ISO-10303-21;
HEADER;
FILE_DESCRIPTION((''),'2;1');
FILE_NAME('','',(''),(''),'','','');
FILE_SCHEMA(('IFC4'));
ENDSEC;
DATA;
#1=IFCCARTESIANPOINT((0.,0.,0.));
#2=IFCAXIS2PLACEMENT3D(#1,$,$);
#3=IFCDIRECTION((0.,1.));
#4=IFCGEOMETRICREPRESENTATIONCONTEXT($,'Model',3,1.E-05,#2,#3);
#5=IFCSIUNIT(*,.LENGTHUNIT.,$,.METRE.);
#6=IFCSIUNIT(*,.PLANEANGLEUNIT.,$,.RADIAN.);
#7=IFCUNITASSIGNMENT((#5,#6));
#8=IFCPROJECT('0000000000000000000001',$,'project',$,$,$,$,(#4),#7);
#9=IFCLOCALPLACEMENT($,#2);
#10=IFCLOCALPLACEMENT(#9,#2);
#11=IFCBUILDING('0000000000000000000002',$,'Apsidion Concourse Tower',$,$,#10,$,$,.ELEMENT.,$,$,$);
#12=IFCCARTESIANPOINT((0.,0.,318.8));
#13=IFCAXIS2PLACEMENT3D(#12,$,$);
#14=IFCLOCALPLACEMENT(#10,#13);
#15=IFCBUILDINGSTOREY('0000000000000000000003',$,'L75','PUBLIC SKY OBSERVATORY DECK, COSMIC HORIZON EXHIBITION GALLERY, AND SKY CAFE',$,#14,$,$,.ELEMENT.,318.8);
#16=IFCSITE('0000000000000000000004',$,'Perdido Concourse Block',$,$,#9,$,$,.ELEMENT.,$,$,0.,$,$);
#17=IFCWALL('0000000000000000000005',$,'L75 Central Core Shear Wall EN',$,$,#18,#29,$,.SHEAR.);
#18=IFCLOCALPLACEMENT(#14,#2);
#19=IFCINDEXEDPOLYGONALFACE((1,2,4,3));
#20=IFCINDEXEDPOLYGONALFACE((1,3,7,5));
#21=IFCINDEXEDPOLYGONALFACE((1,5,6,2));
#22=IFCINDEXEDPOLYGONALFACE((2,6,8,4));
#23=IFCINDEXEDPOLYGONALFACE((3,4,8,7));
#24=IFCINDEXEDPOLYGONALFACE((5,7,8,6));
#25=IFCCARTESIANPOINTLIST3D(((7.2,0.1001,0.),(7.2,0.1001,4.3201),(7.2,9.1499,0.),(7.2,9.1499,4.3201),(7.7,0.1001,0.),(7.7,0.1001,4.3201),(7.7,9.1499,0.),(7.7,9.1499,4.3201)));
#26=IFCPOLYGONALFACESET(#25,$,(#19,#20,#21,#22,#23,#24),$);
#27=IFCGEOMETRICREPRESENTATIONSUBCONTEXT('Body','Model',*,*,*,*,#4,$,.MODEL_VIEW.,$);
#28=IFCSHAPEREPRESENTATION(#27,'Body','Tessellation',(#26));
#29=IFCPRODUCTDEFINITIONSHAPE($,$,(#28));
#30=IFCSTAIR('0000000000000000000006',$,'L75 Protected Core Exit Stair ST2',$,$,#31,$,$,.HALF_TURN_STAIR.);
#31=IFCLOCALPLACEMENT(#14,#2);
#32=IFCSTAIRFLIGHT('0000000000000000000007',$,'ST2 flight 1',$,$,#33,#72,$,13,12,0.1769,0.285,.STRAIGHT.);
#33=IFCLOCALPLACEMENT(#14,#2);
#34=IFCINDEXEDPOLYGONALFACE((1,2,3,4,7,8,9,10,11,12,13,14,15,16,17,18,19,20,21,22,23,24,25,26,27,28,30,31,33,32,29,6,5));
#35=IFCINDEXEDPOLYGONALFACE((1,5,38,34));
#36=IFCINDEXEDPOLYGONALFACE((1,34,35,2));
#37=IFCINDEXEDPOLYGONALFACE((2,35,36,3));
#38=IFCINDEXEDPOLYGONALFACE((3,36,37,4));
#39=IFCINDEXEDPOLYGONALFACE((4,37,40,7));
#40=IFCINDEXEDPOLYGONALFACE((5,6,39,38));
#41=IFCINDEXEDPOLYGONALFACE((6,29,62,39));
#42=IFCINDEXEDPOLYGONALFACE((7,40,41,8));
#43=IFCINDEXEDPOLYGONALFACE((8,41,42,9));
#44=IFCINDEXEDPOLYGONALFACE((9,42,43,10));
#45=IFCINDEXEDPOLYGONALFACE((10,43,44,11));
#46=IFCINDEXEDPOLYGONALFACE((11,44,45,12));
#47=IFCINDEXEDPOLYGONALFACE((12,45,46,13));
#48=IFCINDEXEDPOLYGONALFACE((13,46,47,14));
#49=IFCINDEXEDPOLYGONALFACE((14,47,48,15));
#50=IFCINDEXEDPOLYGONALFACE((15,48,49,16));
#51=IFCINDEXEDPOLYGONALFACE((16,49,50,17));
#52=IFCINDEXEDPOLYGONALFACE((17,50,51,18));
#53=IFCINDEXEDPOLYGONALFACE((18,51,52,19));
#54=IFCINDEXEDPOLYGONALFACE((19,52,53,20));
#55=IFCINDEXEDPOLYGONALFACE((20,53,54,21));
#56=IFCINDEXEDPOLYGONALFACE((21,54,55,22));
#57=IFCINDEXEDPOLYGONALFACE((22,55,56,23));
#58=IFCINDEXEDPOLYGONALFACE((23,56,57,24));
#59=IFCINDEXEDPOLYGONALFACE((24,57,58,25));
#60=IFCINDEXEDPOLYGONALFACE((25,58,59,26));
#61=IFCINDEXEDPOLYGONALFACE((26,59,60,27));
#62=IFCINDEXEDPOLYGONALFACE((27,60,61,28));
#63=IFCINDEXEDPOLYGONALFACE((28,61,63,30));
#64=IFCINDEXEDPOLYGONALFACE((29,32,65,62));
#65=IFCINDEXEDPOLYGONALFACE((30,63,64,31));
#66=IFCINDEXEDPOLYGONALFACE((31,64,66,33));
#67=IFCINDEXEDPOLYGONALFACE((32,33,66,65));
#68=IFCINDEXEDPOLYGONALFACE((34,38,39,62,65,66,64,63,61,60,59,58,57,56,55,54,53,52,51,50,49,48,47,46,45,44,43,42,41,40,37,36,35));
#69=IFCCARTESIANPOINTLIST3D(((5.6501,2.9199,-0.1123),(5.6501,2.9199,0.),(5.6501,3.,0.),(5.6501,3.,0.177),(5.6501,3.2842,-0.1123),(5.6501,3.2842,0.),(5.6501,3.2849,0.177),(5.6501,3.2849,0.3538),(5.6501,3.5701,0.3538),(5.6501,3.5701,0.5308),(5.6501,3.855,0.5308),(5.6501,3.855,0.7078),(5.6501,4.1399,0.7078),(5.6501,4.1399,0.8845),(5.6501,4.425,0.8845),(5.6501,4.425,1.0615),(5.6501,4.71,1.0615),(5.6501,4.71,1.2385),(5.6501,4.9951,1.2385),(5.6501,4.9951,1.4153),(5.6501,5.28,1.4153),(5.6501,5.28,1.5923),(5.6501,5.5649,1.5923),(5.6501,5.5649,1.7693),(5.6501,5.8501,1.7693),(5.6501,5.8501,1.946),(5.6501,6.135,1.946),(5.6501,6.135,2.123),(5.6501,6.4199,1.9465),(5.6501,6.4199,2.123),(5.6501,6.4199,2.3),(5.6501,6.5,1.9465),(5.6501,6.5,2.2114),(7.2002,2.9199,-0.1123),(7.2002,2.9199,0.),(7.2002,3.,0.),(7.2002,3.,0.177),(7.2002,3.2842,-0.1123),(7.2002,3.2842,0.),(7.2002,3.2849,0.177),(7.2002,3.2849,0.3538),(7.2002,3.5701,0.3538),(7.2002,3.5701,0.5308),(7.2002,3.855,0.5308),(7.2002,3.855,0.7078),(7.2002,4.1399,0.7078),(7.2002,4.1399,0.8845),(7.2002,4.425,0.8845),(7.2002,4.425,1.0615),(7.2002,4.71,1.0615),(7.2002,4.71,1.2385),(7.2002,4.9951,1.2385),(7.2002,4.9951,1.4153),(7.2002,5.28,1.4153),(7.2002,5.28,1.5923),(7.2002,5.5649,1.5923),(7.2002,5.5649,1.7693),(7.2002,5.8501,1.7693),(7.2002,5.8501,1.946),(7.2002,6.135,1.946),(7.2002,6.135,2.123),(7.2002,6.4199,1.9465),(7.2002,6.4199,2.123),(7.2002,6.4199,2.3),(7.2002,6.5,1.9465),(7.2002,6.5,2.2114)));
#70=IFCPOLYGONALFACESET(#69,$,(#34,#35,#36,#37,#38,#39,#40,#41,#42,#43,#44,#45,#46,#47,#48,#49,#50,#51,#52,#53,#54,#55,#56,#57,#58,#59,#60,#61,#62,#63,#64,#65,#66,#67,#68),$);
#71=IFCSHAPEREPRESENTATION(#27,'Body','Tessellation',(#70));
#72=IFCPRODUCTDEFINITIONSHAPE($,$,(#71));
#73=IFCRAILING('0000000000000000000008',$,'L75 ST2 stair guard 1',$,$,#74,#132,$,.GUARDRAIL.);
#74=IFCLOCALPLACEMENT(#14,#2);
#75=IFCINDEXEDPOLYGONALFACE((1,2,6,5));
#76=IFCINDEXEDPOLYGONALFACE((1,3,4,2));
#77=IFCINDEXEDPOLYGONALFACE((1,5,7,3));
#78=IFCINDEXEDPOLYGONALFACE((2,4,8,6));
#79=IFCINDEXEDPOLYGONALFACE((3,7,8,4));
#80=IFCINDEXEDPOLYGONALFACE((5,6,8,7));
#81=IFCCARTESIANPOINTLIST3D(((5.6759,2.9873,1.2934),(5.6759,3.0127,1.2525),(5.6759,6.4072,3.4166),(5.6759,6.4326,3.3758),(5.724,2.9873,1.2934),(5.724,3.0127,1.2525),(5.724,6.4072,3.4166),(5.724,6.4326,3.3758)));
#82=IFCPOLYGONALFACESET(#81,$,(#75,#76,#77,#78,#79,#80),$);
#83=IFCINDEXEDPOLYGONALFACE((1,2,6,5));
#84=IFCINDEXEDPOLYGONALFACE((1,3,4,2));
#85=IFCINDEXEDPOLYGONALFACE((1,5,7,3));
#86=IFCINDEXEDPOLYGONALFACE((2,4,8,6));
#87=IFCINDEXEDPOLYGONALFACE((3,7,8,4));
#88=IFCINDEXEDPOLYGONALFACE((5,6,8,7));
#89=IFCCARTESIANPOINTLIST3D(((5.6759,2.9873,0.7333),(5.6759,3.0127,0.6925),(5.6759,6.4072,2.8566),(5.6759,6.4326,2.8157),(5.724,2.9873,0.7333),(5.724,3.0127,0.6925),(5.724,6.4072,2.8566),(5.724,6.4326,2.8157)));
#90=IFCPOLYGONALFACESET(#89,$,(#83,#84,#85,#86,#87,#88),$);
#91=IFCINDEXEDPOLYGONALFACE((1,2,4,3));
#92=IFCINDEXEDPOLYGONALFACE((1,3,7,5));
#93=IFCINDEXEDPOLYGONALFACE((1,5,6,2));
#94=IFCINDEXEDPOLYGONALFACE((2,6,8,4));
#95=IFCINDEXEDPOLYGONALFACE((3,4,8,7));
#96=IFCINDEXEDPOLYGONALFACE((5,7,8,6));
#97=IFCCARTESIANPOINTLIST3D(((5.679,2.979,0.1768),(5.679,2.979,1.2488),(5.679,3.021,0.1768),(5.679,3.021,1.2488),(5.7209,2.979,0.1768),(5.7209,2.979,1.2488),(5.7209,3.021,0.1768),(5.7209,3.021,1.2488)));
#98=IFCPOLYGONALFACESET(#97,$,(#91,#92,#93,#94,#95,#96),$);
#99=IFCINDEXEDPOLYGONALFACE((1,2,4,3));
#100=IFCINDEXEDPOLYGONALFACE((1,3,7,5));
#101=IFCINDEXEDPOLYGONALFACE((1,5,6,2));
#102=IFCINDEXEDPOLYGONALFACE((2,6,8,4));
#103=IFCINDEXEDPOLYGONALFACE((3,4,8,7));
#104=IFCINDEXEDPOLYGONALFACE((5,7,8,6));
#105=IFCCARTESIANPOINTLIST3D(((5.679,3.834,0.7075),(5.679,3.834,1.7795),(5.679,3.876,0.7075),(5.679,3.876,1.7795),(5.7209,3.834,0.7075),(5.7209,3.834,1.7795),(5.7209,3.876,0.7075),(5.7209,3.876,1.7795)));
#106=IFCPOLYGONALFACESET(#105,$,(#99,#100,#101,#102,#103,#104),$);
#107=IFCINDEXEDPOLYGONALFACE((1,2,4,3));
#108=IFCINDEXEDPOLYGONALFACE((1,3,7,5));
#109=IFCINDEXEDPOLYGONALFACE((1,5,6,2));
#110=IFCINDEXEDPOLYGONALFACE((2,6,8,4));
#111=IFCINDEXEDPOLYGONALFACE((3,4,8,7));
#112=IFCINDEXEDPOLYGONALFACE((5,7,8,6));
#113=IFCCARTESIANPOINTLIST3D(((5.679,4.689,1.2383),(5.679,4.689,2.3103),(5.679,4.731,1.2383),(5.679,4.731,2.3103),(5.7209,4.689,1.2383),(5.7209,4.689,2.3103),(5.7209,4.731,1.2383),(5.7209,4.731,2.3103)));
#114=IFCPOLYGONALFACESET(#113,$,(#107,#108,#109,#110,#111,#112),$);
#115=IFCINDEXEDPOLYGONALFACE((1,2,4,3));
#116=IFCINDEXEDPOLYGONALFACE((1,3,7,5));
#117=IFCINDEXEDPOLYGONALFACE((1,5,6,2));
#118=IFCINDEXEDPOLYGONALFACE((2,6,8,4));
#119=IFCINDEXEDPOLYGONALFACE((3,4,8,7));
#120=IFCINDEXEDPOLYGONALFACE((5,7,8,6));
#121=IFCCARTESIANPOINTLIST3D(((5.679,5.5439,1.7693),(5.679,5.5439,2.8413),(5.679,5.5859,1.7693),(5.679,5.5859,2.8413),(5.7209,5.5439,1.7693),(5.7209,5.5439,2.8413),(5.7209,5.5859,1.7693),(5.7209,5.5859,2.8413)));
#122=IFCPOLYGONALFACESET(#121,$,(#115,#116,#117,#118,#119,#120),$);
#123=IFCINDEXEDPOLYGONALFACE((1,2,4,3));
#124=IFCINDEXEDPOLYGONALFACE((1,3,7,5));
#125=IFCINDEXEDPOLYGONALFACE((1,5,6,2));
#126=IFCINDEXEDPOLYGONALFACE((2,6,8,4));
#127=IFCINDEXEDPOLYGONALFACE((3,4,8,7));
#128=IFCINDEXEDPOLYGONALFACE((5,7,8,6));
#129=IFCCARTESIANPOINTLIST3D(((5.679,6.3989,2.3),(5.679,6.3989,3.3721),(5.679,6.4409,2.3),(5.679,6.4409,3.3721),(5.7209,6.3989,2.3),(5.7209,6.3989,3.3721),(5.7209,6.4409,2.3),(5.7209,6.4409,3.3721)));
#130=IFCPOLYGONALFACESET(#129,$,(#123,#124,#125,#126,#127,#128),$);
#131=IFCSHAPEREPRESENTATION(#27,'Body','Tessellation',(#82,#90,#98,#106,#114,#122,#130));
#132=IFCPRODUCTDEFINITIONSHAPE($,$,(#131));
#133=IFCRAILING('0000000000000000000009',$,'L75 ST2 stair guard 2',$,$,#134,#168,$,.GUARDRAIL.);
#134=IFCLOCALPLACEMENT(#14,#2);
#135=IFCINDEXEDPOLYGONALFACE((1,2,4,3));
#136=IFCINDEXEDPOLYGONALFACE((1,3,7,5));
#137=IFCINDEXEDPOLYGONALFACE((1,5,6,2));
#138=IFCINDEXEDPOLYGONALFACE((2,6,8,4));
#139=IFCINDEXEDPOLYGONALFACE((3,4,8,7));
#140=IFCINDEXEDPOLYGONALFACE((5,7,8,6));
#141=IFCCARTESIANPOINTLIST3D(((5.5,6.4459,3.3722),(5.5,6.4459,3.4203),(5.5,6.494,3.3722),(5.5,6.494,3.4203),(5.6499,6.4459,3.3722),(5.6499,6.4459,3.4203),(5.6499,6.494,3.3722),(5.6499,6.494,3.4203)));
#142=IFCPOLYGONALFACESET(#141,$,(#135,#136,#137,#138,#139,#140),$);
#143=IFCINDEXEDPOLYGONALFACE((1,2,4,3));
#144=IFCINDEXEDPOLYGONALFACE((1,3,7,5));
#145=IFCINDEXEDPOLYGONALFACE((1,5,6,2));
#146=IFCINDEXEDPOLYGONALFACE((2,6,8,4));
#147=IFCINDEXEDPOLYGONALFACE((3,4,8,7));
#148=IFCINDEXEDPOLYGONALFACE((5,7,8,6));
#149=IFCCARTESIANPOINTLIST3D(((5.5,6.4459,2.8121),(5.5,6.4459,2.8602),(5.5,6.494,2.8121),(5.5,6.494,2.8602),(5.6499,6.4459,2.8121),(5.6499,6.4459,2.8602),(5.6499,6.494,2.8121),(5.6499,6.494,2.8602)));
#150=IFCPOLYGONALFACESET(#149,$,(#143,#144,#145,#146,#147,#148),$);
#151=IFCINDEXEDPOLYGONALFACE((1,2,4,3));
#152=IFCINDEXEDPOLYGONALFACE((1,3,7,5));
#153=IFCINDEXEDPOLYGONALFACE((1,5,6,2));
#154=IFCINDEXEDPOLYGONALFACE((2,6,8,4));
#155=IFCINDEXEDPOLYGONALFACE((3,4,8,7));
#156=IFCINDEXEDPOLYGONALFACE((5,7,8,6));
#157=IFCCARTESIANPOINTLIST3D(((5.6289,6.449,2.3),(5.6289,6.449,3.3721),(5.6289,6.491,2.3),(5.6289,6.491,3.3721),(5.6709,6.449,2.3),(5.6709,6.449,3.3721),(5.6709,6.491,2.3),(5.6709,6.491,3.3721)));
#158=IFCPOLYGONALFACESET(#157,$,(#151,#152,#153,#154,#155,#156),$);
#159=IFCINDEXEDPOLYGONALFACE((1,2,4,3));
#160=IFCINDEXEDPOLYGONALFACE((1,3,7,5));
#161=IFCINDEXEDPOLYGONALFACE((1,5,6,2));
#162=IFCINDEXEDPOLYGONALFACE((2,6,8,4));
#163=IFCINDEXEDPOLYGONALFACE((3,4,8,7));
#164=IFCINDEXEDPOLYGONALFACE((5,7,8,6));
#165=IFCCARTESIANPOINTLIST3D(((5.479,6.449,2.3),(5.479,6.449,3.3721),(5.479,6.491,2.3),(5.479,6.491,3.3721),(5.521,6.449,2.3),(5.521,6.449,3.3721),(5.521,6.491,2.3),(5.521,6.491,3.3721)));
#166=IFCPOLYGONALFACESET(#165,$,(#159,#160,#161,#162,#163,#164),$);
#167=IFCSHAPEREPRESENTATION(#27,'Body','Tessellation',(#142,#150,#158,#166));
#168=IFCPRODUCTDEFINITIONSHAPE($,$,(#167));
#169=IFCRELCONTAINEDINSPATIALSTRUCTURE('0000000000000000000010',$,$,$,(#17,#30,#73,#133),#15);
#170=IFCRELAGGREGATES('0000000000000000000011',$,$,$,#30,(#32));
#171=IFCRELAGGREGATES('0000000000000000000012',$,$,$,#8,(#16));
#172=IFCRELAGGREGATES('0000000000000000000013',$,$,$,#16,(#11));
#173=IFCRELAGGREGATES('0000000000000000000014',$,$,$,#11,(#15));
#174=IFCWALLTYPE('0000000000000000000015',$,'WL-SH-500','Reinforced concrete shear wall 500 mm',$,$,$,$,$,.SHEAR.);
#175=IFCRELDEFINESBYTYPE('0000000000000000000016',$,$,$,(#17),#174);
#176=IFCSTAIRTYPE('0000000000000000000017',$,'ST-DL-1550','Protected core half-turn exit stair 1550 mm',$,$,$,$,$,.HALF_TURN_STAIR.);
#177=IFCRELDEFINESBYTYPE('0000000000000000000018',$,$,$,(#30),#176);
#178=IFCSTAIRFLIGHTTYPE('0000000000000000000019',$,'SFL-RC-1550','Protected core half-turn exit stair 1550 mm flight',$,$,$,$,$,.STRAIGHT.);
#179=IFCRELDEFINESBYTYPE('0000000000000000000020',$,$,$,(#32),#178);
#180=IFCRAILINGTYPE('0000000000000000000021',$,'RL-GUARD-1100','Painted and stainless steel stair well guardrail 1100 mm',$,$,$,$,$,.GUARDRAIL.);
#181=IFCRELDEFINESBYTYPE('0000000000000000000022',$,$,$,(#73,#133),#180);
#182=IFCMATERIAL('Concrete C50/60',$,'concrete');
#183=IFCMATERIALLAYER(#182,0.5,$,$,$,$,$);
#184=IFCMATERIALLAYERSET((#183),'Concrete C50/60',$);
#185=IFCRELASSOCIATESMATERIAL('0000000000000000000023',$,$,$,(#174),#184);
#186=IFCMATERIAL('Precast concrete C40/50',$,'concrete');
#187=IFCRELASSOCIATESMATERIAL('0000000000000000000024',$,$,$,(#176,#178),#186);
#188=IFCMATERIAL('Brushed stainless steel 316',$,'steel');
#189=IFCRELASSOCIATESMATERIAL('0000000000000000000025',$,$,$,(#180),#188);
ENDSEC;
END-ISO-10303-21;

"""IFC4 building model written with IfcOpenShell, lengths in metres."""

from ifc_helpers import new_model, si_unit, direction, frame, frame_2d, origin, origin_2d, place, context, subcontext, project, spatial, polyline, rectangle, outline, extrude, material, layer, layer_set, type_object, element, aggregate, save


model = new_model("IFC4")

# Units and contexts
model_context = context("Model", 3, precision=1e-05, world=origin(), true_north=direction((0.0, 1.0)))
body_context = subcontext(model_context, "Body", "Model", "MODEL_VIEW")
ifc_project = project(units=[si_unit("LENGTHUNIT", "METRE"), si_unit("PLANEANGLEUNIT", "RADIAN")], contexts=[model_context])

# Site, building, storey
site_placement = place(None, origin())
site = spatial("IfcSite", under=ifc_project, at=site_placement, Name="Perdido Concourse Block", CompositionType="ELEMENT", RefElevation=0.0)
building_placement = place(site_placement, origin())
building = spatial("IfcBuilding", under=site, at=building_placement, Name="Apsidion Concourse Tower", CompositionType="ELEMENT")
storey_placement = place(building_placement, frame((0.0, 0.0, 318.8)))
storey = spatial("IfcBuildingStorey", under=building, at=storey_placement, Name="L75", Description="PUBLIC SKY OBSERVATORY DECK, COSMIC HORIZON EXHIBITION GALLERY, AND SKY CAFE", CompositionType="ELEMENT", Elevation=318.8)

# Shared definitions
ifc_material_1 = material(Name="Concrete C50/60", Category="concrete")

# Shared definitions
ifc_material_2 = material(Name="Brushed stainless steel 316", Category="steel")

# Wall
ifc_layer_1 = layer(ifc_material_1, 0.5)
ifc_layer_set_1 = layer_set([ifc_layer_1], Name="Concrete C50/60")
wall_type_1 = type_object("IfcWallType", Name="WL-SH-500", Description="Reinforced concrete shear wall 500 mm", PredefinedType="SHEAR", material=ifc_layer_set_1)
wall_1_placement = place(storey_placement, frame((7.45, 0.1001, 0.0), z_axis=(0.0, 0.0, 1.0), x_axis=(0.0, 1.0, 0.0)))
element("IfcWall", 1, at=wall_1_placement, inside=storey, type_object=wall_type_1, Name="L75 Central Core Shear Wall EN", PredefinedType="SHEAR", context=body_context, shape_type="SweptSolid", body=[
    extrude(rectangle(XDim=9.0498, YDim=0.5, at=frame_2d((4.5249, 0.0))), origin(), (0.0, 0.0, 1.0), 4.3201),
])

# Stair, stair flight
ifc_material_3 = material(Name="Precast concrete C40/50", Category="concrete")
stair_type = type_object("IfcStairType", Name="ST-DL-1550", Description="Protected core half-turn exit stair 1550 mm", PredefinedType="HALF_TURN_STAIR", material=ifc_material_3)
stair_placement = place(storey_placement, origin())
stair = element("IfcStair", 2, at=stair_placement, inside=storey, type_object=stair_type, Name="L75 Protected Core Exit Stair ST2", PredefinedType="HALF_TURN_STAIR")
stair_flight_type = type_object("IfcStairFlightType", Name="SFL-RC-1550", Description="Protected core half-turn exit stair 1550 mm flight", PredefinedType="STRAIGHT", material=ifc_material_3)
stair_flight_placement = place(storey_placement, frame((6.425, 3.0, 0.0), z_axis=(0.0, 0.0, 1.0), x_axis=(0.0, 1.0, 0.0)))
stair_flight = element("IfcStairFlight", 3, at=stair_flight_placement, type_object=stair_flight_type, Name="ST2 flight 1", NumberOfRisers=13, NumberOfTreads=12, PredefinedType="STRAIGHT", RiserHeight=0.1769, TreadLength=0.285, context=body_context, shape_type="SweptSolid", body=[
    extrude(outline(polyline([(-0.0801, -0.1123), (-0.0801, 0.0), (0.0, 0.0), (0.0, 0.177), (0.2849, 0.177), (0.2849, 0.3538), (0.5701, 0.3538), (0.5701, 0.5308), (0.855, 0.5308), (0.855, 0.7078), (1.1399, 0.7078), (1.1399, 0.8845), (1.425, 0.8845), (1.425, 1.0615), (1.71, 1.0615), (1.71, 1.2385), (1.9951, 1.2385), (1.9951, 1.4153), (2.28, 1.4153), (2.28, 1.5923), (2.5649, 1.5923), (2.5649, 1.7693), (2.8501, 1.7693), (2.8501, 1.946), (3.135, 1.946), (3.135, 2.123), (3.4199, 2.123), (3.4199, 2.3), (3.5, 2.2114), (3.5, 1.9465), (3.4199, 1.9465), (0.2842, 0.0), (0.2842, -0.1123), (-0.0801, -0.1123)])), frame((0.0, 0.7749, 0.0), z_axis=(0.0, -1.0, 0.0), x_axis=(1.0, 0.0, 0.0)), (0.0, 0.0, 1.0), 1.55),
])
aggregate(stair, [stair_flight])

# Railings
railing_type_1 = type_object("IfcRailingType", Name="RL-GUARD-1100", Description="Painted and stainless steel stair well guardrail 1100 mm", PredefinedType="GUARDRAIL", material=ifc_material_2)
railing_1_placement = place(storey_placement, frame((5.7, 3.0, 0.1768)))
element("IfcRailing", 4, at=railing_1_placement, inside=storey, type_object=railing_type_1, Name="L75 ST2 stair guard 1", PredefinedType="GUARDRAIL", context=body_context, shape_type="SweptSolid", body=[
    extrude(rectangle(XDim=0.0481, YDim=0.0481, at=origin_2d()), frame((0.0, 0.0, 1.0962), z_axis=(0.0, 0.849576, 0.527467), x_axis=(-1.0, 0.0, 0.0)), (0.0, 0.0, 1.0), 4.0254),
    extrude(rectangle(XDim=0.0481, YDim=0.0481, at=origin_2d()), frame((0.0, 0.0, 0.5361), z_axis=(0.0, 0.849576, 0.527467), x_axis=(-1.0, 0.0, 0.0)), (0.0, 0.0, 1.0), 4.0254),
    extrude(rectangle(XDim=0.042, YDim=0.042, at=origin_2d()), origin(), (0.0, 0.0, 1.0), 1.072),
    extrude(rectangle(XDim=0.042, YDim=0.042, at=origin_2d()), frame((0.0, 0.855, 0.5308)), (0.0, 0.0, 1.0), 1.072),
    extrude(rectangle(XDim=0.042, YDim=0.042, at=origin_2d()), frame((0.0, 1.71, 1.0615)), (0.0, 0.0, 1.0), 1.072),
    extrude(rectangle(XDim=0.042, YDim=0.042, at=origin_2d()), frame((0.0, 2.5649, 1.5925)), (0.0, 0.0, 1.0), 1.072),
    extrude(rectangle(XDim=0.042, YDim=0.042, at=origin_2d()), frame((0.0, 3.4199, 2.1233)), (0.0, 0.0, 1.0), 1.072),
])
railing_2_placement = place(storey_placement, frame((5.6499, 6.47, 2.3)))
element("IfcRailing", 5, at=railing_2_placement, inside=storey, type_object=railing_type_1, Name="L75 ST2 stair guard 2", PredefinedType="GUARDRAIL", context=body_context, shape_type="SweptSolid", body=[
    extrude(rectangle(XDim=0.0481, YDim=0.0481, at=origin_2d()), frame((0.0, 0.0, 1.0962), z_axis=(-1.0, 0.0, 0.0), x_axis=(0.0, -1.0, 0.0)), (0.0, 0.0, 1.0), 0.1499),
    extrude(rectangle(XDim=0.0481, YDim=0.0481, at=origin_2d()), frame((0.0, 0.0, 0.5361), z_axis=(-1.0, 0.0, 0.0), x_axis=(0.0, -1.0, 0.0)), (0.0, 0.0, 1.0), 0.1499),
    extrude(rectangle(XDim=0.042, YDim=0.042, at=origin_2d()), origin(), (0.0, 0.0, 1.0), 1.072),
    extrude(rectangle(XDim=0.042, YDim=0.042, at=origin_2d()), frame((-0.1499, 0.0, 0.0)), (0.0, 0.0, 1.0), 1.072),
])

save(model, "model.ifc")
